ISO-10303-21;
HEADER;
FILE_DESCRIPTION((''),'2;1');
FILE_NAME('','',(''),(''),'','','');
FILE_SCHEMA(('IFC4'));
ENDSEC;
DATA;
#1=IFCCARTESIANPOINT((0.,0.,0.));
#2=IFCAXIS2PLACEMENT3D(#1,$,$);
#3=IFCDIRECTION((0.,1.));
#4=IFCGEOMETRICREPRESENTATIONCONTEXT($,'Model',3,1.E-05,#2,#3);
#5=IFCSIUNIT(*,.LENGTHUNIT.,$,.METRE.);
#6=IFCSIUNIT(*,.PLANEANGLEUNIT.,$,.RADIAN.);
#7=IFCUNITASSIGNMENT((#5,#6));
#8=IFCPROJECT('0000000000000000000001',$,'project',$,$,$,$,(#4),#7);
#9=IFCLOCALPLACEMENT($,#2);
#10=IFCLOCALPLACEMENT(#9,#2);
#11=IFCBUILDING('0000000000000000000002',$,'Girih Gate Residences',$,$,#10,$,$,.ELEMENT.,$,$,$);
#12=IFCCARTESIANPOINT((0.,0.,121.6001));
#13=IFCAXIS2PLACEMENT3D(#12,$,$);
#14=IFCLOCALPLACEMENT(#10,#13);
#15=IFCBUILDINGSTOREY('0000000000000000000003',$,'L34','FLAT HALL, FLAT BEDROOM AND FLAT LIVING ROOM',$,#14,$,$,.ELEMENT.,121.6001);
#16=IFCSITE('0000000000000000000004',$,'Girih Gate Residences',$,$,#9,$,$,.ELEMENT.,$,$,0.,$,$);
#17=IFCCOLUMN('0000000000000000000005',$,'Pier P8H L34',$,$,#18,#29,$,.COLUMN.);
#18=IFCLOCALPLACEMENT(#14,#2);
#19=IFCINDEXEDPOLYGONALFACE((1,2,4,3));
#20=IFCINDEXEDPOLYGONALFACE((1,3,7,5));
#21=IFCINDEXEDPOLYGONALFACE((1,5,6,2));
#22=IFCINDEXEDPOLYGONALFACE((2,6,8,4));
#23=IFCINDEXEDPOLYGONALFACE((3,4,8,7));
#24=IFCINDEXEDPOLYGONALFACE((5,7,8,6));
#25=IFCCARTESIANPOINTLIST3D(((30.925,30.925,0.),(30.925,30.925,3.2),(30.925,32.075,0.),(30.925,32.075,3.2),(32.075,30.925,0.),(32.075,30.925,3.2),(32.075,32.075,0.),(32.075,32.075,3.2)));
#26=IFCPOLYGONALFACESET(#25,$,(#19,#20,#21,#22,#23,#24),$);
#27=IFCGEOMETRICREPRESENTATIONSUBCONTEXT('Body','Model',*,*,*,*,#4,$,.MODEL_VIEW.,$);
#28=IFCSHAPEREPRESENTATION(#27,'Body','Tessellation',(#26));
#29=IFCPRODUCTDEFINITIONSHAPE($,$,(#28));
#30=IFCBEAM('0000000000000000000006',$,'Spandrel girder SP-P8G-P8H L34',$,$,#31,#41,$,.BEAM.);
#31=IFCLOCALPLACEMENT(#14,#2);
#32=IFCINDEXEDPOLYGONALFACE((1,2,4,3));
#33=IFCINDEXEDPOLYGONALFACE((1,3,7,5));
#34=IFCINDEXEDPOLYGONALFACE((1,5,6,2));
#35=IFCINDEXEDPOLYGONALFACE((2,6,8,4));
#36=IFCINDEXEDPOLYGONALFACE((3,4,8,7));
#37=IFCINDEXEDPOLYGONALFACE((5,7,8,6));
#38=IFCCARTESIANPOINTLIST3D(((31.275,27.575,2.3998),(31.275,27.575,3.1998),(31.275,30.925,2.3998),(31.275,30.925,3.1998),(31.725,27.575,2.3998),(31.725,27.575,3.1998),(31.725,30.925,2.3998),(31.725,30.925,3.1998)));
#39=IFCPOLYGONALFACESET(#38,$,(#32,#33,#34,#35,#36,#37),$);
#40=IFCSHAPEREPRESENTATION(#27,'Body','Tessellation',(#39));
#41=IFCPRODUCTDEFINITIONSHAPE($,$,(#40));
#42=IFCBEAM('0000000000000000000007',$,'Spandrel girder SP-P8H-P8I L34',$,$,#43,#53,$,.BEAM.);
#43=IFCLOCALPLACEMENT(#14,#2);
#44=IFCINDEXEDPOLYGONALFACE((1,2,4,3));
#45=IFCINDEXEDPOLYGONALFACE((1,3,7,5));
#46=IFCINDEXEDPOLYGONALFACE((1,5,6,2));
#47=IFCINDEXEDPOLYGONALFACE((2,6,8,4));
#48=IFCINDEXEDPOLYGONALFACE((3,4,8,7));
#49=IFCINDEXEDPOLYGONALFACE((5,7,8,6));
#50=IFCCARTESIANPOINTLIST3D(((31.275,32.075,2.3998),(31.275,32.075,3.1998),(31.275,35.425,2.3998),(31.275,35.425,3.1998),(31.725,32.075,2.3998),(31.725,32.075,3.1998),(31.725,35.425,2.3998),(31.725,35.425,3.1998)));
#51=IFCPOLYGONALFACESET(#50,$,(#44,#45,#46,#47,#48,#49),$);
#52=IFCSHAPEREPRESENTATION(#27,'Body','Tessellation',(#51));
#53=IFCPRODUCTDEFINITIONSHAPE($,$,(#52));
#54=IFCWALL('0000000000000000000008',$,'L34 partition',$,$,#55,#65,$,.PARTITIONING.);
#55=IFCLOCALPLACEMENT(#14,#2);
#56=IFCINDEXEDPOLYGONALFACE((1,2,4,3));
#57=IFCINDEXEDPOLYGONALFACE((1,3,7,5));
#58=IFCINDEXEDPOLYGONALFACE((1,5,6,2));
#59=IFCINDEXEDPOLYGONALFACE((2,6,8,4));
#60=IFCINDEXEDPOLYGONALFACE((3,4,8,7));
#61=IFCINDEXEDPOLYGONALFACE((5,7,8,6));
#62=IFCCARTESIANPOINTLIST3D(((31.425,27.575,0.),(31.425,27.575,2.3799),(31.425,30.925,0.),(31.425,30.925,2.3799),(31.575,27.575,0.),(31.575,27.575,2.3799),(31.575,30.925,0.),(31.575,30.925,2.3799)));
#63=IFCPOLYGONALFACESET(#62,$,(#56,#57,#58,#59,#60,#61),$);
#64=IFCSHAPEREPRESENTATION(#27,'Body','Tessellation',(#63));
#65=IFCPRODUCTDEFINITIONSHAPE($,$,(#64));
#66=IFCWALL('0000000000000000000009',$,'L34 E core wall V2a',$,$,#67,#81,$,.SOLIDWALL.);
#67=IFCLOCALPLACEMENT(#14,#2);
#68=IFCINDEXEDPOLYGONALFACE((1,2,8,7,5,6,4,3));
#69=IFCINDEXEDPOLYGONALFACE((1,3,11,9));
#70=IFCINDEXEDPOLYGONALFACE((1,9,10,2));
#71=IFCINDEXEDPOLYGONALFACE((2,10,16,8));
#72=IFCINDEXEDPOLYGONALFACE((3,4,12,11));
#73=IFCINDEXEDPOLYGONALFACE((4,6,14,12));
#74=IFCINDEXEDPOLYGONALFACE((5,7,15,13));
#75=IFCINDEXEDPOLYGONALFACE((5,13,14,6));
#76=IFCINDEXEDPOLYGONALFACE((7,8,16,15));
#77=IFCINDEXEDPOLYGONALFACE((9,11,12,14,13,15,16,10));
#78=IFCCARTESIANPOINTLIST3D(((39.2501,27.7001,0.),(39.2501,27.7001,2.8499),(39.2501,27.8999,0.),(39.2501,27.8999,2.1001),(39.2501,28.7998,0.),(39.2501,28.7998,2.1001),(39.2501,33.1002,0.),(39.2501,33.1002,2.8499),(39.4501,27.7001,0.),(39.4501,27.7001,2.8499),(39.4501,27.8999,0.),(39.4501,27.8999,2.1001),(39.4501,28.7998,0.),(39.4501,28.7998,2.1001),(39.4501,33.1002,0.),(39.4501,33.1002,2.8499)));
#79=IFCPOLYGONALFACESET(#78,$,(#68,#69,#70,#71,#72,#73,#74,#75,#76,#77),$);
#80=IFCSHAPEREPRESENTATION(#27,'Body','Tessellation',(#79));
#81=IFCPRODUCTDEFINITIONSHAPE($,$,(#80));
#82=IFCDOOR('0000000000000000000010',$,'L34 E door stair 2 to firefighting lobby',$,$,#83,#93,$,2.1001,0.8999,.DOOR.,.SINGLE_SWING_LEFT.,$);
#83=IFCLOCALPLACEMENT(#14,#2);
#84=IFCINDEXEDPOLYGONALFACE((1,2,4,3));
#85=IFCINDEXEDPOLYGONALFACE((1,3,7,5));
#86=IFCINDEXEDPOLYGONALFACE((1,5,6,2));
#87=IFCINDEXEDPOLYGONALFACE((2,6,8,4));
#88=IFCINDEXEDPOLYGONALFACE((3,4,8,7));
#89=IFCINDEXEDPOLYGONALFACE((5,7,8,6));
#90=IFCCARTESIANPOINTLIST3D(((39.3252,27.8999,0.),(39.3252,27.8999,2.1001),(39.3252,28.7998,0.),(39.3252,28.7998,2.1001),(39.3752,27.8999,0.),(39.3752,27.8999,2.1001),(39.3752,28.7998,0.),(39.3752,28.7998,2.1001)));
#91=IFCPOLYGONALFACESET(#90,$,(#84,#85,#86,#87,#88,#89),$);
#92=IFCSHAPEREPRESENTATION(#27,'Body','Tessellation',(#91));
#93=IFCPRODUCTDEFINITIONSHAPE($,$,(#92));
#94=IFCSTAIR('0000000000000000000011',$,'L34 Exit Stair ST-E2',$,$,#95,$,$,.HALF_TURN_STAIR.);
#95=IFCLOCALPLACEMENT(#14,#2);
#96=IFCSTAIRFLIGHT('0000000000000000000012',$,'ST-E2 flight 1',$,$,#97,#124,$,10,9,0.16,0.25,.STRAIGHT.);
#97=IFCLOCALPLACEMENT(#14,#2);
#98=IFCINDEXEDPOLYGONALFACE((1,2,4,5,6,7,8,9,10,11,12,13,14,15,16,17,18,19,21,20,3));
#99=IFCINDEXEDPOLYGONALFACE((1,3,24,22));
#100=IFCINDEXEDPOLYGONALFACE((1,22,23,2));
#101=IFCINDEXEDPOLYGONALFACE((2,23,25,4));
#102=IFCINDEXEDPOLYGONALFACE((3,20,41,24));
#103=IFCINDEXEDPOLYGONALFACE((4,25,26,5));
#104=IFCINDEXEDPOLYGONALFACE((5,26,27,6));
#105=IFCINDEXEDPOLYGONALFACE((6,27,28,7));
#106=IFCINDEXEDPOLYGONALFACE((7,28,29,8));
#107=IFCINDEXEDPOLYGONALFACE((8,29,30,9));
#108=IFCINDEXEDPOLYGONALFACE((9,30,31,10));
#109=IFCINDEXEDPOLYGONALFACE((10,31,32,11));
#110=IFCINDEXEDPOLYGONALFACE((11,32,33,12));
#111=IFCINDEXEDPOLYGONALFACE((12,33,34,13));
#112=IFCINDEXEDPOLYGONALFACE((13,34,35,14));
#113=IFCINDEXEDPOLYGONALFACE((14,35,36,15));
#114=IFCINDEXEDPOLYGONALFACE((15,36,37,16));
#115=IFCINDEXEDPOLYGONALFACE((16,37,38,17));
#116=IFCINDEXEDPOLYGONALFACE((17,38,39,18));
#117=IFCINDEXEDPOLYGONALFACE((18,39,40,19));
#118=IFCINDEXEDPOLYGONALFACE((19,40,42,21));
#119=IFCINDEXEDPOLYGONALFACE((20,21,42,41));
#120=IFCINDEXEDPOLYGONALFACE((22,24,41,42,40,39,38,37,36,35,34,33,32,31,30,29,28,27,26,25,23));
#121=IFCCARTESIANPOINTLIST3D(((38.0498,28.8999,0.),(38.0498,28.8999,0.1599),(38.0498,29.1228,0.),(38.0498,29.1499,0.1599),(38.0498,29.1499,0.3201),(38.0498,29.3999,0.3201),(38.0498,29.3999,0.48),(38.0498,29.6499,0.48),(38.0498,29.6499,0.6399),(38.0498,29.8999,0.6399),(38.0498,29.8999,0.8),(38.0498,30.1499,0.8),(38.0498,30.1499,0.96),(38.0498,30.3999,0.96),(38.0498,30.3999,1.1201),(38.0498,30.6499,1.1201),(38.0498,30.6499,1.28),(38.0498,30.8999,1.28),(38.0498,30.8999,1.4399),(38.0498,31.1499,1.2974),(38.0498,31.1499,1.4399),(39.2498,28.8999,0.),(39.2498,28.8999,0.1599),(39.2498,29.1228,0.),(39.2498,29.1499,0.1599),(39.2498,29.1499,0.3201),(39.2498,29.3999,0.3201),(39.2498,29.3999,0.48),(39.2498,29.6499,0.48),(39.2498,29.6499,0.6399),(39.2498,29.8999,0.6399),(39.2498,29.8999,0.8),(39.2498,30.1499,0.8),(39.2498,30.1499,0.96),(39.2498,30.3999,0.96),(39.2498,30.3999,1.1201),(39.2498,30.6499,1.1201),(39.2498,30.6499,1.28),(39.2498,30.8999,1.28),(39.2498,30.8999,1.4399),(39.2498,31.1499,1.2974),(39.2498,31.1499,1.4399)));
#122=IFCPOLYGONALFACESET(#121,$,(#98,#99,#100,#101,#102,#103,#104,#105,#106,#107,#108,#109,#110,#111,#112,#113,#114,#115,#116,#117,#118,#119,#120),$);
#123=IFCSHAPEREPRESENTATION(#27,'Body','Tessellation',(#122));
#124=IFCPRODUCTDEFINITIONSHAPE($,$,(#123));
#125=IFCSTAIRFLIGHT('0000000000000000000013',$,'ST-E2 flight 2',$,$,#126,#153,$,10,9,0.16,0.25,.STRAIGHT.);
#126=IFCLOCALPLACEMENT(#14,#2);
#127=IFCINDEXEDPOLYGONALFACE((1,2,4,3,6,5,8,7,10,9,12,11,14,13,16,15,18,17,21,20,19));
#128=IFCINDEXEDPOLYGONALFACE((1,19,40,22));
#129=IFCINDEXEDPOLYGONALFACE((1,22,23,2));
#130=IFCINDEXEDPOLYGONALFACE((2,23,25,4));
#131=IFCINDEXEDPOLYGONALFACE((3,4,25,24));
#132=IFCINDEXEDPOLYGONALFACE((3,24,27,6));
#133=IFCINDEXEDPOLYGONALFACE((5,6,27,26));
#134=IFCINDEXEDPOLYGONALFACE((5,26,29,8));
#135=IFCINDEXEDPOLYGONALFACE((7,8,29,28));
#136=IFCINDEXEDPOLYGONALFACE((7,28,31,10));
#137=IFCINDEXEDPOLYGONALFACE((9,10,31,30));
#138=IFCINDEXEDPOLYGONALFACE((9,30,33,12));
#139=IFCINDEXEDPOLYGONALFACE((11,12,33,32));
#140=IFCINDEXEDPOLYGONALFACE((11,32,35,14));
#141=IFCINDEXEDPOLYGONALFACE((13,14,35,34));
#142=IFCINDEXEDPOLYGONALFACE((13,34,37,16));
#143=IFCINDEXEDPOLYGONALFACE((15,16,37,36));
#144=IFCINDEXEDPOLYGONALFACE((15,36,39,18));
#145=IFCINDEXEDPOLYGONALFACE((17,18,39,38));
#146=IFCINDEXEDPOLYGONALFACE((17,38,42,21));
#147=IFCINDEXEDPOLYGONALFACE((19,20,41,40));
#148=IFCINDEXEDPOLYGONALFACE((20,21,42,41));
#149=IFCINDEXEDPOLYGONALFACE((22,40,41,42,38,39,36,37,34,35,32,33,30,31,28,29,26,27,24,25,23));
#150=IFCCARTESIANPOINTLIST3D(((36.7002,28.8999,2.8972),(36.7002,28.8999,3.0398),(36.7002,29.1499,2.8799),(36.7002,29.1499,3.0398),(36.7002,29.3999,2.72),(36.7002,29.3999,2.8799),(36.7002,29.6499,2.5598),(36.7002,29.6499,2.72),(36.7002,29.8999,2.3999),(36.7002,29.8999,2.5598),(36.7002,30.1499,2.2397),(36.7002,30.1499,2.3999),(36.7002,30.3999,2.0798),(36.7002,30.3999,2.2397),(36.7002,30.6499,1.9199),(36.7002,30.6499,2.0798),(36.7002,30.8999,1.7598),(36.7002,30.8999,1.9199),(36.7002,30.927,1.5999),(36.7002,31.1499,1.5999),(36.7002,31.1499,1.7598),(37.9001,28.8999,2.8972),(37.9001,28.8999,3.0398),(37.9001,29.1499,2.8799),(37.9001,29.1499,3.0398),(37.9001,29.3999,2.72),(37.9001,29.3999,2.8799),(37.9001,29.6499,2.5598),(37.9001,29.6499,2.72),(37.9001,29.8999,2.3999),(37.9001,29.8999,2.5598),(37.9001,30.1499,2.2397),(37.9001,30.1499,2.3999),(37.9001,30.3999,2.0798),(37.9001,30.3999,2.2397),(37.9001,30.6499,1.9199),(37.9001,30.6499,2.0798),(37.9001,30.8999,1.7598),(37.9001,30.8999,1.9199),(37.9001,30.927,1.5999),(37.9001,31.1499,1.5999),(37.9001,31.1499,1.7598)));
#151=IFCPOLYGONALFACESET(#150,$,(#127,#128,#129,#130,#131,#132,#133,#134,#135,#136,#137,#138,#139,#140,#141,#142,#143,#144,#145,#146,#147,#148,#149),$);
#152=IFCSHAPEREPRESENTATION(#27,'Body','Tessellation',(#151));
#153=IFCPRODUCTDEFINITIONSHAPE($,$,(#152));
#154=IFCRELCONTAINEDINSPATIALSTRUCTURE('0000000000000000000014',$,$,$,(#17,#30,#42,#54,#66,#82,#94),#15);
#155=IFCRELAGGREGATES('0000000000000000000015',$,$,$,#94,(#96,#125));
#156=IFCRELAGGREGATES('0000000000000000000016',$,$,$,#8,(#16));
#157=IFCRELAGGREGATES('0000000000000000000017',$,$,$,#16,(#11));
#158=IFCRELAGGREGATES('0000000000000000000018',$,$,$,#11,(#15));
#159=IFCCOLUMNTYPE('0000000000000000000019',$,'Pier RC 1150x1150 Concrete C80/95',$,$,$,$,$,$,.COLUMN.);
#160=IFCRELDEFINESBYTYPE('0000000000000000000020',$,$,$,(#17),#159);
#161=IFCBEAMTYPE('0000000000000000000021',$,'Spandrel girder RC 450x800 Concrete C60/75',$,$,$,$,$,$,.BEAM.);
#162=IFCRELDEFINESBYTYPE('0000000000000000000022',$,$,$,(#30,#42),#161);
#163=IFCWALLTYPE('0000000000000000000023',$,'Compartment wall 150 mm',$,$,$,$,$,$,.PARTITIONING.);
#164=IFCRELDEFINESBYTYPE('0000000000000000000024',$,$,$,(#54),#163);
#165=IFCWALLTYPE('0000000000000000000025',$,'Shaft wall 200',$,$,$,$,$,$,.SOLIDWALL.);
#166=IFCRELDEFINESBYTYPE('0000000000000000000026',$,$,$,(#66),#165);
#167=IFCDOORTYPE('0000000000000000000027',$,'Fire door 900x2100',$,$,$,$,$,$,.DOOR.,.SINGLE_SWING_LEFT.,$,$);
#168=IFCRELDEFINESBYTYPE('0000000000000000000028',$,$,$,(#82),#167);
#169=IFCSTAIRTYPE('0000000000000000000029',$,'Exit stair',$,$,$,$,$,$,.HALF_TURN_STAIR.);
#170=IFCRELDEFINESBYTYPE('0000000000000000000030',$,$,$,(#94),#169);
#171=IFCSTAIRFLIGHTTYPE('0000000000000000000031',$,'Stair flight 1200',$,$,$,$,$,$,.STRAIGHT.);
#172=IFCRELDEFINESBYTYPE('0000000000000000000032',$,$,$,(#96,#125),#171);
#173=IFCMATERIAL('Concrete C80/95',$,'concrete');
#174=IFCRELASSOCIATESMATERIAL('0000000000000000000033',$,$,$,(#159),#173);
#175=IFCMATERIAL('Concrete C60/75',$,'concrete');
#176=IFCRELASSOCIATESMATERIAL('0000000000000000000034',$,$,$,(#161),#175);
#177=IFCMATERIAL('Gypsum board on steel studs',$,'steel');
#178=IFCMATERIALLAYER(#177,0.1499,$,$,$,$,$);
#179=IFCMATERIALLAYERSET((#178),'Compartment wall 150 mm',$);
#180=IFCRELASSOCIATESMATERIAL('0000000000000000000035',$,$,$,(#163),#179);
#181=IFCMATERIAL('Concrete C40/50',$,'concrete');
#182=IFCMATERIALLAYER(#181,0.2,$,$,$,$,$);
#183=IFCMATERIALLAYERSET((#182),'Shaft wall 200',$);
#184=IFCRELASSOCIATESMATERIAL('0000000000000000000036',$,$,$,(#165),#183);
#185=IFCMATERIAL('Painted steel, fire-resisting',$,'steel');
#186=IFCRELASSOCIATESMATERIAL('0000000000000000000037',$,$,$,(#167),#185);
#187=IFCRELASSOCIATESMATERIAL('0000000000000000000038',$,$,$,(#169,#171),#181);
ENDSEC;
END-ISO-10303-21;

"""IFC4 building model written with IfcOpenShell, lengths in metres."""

from ifc_helpers import new_model, si_unit, direction, frame, frame_2d, origin, origin_2d, place, context, subcontext, project, spatial, polyline, rectangle, outline, extrude, material, layer, layer_set, material_profile, profile_set, type_object, element, fill, aggregate, save


model = new_model("IFC4")

# Units and contexts
model_context = context("Model", 3, precision=1e-05, world=origin(), true_north=direction((0.0, 1.0)))
body_context = subcontext(model_context, "Body", "Model", "MODEL_VIEW")
ifc_project = project(units=[si_unit("LENGTHUNIT", "METRE"), si_unit("PLANEANGLEUNIT", "RADIAN")], contexts=[model_context])

# Site, building, storey
site_placement = place(None, origin())
site = spatial("IfcSite", under=ifc_project, at=site_placement, Name="Girih Gate Residences", CompositionType="ELEMENT", RefElevation=0.0)
building_placement = place(site_placement, origin())
building = spatial("IfcBuilding", under=site, at=building_placement, Name="Girih Gate Residences", CompositionType="ELEMENT")
storey_placement = place(building_placement, frame((0.0, 0.0, 121.6001)))
storey = spatial("IfcBuildingStorey", under=building, at=storey_placement, Name="L34", Description="FLAT HALL, FLAT BEDROOM AND FLAT LIVING ROOM", CompositionType="ELEMENT", Elevation=121.6001)

# Column
ifc_material_1 = material(Name="Concrete C80/95", Category="concrete")
ifc_material_profile_1 = material_profile(ifc_material_1, rectangle(XDim=1.1499, YDim=1.1499, at=origin_2d()))
ifc_profile_set_1 = profile_set([ifc_material_profile_1], Name="Concrete C80/95")
column_type = type_object("IfcColumnType", Name="Pier RC 1150x1150 Concrete C80/95", PredefinedType="COLUMN", material=ifc_profile_set_1)
column_placement = place(storey_placement, frame((31.5, 31.5, 0.0), z_axis=(0.0, 0.0, 1.0), x_axis=(1.0, 0.0, 0.0)))
element("IfcColumn", 1, at=column_placement, inside=storey, type_object=column_type, Name="Pier P8H L34", PredefinedType="COLUMN", context=body_context, shape_type="SweptSolid", body=[
    extrude(rectangle(XDim=1.1499, YDim=1.1499, at=origin_2d()), origin(), (0.0, 0.0, 1.0), 3.2),
])

# Beams
ifc_material_2 = material(Name="Concrete C60/75", Category="concrete")
ifc_material_profile_2 = material_profile(ifc_material_2, rectangle(XDim=0.45, YDim=0.8, at=origin_2d()))
ifc_profile_set_2 = profile_set([ifc_material_profile_2], Name="Concrete C60/75")
beam_type = type_object("IfcBeamType", Name="Spandrel girder RC 450x800 Concrete C60/75", PredefinedType="BEAM", material=ifc_profile_set_2)
for number, where, z_axis, x_axis, name in (
    (2, (31.5, 27.575, 2.7998), (0.0, 1.0, 0.0), (-1.0, 0.0, 0.0), "Spandrel girder SP-P8G-P8H L34"),
    (3, (31.5, 32.075, 2.7998), (0.0, 1.0, 0.0), (-1.0, 0.0, 0.0), "Spandrel girder SP-P8H-P8I L34"),
):
    element("IfcBeam", number, at=place(storey_placement, frame(where, z_axis=z_axis, x_axis=x_axis)), inside=storey, type_object=beam_type, Name=name, PredefinedType="BEAM", context=body_context, shape_type="SweptSolid", body=[
        extrude(rectangle(XDim=0.45, YDim=0.8, at=origin_2d()), origin(), (0.0, 0.0, 1.0), 3.3501),
    ])

# Wall
ifc_material_3 = material(Name="Gypsum board on steel studs", Category="steel")
ifc_layer_1 = layer(ifc_material_3, 0.1499)
ifc_layer_set_1 = layer_set([ifc_layer_1], Name="Compartment wall 150 mm")
wall_type_1 = type_object("IfcWallType", Name="Compartment wall 150 mm", PredefinedType="PARTITIONING", material=ifc_layer_set_1)
wall_1_placement = place(storey_placement, frame((31.5, 27.575, 0.0), z_axis=(0.0, 0.0, 1.0), x_axis=(0.0, 1.0, 0.0)))
element("IfcWall", 4, at=wall_1_placement, inside=storey, type_object=wall_type_1, Name="L34 partition", PredefinedType="PARTITIONING", context=body_context, shape_type="SweptSolid", body=[
    extrude(rectangle(XDim=3.3501, YDim=0.1499, at=frame_2d((1.675, 0.0))), origin(), (0.0, 0.0, 1.0), 2.3799),
])

# Wall, opening, door
ifc_material_4 = material(Name="Concrete C40/50", Category="concrete")
ifc_layer_2 = layer(ifc_material_4, 0.2)
ifc_layer_set_2 = layer_set([ifc_layer_2], Name="Shaft wall 200")
wall_type_2 = type_object("IfcWallType", Name="Shaft wall 200", PredefinedType="SOLIDWALL", material=ifc_layer_set_2)
wall_2_placement = place(storey_placement, frame((39.3501, 27.7, 0.0), z_axis=(0.0, 0.0, 1.0), x_axis=(0.0, 1.0, 0.0)))
wall_2 = element("IfcWall", 5, at=wall_2_placement, inside=storey, type_object=wall_type_2, Name="L34 E core wall V2a", PredefinedType="SOLIDWALL", context=body_context, shape_type="SweptSolid", body=[
    extrude(rectangle(XDim=5.4001, YDim=0.2, at=frame_2d((2.7002, 0.0))), origin(), (0.0, 0.0, 1.0), 2.8499),
])
opening_placement = place(wall_2_placement, frame((0.2, 0.0, 0.0)))
opening = element("IfcOpeningElement", 6, at=opening_placement, cuts=wall_2, PredefinedType="OPENING", context=body_context, shape_type="SweptSolid", body=[
    extrude(rectangle(XDim=0.8999, YDim=2.1001, at=frame_2d((0.45, 1.05))), frame((0.0, 0.1099, 0.0), z_axis=(0.0, -1.0, 0.0), x_axis=(1.0, 0.0, 0.0)), (0.0, 0.0, 1.0), 0.22),
])
ifc_material_5 = material(Name="Painted steel, fire-resisting", Category="steel")
door_type = type_object("IfcDoorType", Name="Fire door 900x2100", OperationType="SINGLE_SWING_LEFT", PredefinedType="DOOR", material=ifc_material_5)
door_placement = place(opening_placement, origin())
door = element("IfcDoor", 7, at=door_placement, inside=storey, type_object=door_type, Name="L34 E door stair 2 to firefighting lobby", OperationType="SINGLE_SWING_LEFT", OverallHeight=2.1001, OverallWidth=0.8999, PredefinedType="DOOR", context=body_context, shape_type="SweptSolid", body=[
    extrude(rectangle(XDim=0.8999, YDim=2.1001, at=frame_2d((0.45, 1.05))), frame((0.0, 0.0249, 0.0), z_axis=(0.0, -1.0, 0.0), x_axis=(1.0, 0.0, 0.0)), (0.0, 0.0, 1.0), 0.05),
])
fill(opening, door)

# Stair, stair flights
stair_type = type_object("IfcStairType", Name="Exit stair", PredefinedType="HALF_TURN_STAIR", material=ifc_material_4)
stair_placement = place(storey_placement, origin())
stair = element("IfcStair", 8, at=stair_placement, inside=storey, type_object=stair_type, Name="L34 Exit Stair ST-E2", PredefinedType="HALF_TURN_STAIR")
stair_flight_type = type_object("IfcStairFlightType", Name="Stair flight 1200", PredefinedType="STRAIGHT", material=ifc_material_4)
stair_flight_1_placement = place(storey_placement, frame((38.6499, 28.8999, 0.0), z_axis=(0.0, 0.0, 1.0), x_axis=(0.0, 1.0, 0.0)))
stair_flight_1 = element("IfcStairFlight", 9, at=stair_flight_1_placement, type_object=stair_flight_type, Name="ST-E2 flight 1", NumberOfRisers=10, NumberOfTreads=9, PredefinedType="STRAIGHT", RiserHeight=0.16, TreadLength=0.25, context=body_context, shape_type="SweptSolid", body=[
    extrude(outline(polyline([(0.0, 0.0), (0.0, 0.1599), (0.25, 0.1599), (0.25, 0.3201), (0.5, 0.3201), (0.5, 0.48), (0.75, 0.48), (0.75, 0.6399), (1.0, 0.6399), (1.0, 0.8), (1.25, 0.8), (1.25, 0.96), (1.5, 0.96), (1.5, 1.1201), (1.75, 1.1201), (1.75, 1.28), (2.0, 1.28), (2.0, 1.4399), (2.25, 1.4399), (2.25, 1.6001), (2.25, 1.2974), (0.2229, 0.0), (0.0, 0.0)])), frame((0.0, 0.6001, 0.0), z_axis=(0.0, -1.0, 0.0), x_axis=(1.0, 0.0, 0.0)), (0.0, 0.0, 1.0), 1.2),
])
stair_flight_2_placement = place(storey_placement, frame((37.3, 31.1499, 1.5999), z_axis=(0.0, 0.0, 1.0), x_axis=(0.0, -1.0, 0.0)))
stair_flight_2 = element("IfcStairFlight", 10, at=stair_flight_2_placement, type_object=stair_flight_type, Name="ST-E2 flight 2", NumberOfRisers=10, NumberOfTreads=9, PredefinedType="STRAIGHT", RiserHeight=0.16, TreadLength=0.25, context=body_context, shape_type="SweptSolid", body=[
    extrude(outline(polyline([(0.0, 0.0), (0.0, 0.1599), (0.25, 0.1599), (0.25, 0.3201), (0.5, 0.3201), (0.5, 0.48), (0.75, 0.48), (0.75, 0.6399), (1.0, 0.6399), (1.0, 0.8), (1.25, 0.8), (1.25, 0.96), (1.5, 0.96), (1.5, 1.1201), (1.75, 1.1201), (1.75, 1.28), (2.0, 1.28), (2.0, 1.4399), (2.25, 1.4399), (2.25, 1.6001), (2.25, 1.2974), (0.2229, 0.0), (0.0, 0.0)])), frame((0.0, 0.6001, 0.0), z_axis=(0.0, -1.0, 0.0), x_axis=(1.0, 0.0, 0.0)), (0.0, 0.0, 1.0), 1.2),
])
aggregate(stair, [stair_flight_1, stair_flight_2])

save(model, "model.ifc")
